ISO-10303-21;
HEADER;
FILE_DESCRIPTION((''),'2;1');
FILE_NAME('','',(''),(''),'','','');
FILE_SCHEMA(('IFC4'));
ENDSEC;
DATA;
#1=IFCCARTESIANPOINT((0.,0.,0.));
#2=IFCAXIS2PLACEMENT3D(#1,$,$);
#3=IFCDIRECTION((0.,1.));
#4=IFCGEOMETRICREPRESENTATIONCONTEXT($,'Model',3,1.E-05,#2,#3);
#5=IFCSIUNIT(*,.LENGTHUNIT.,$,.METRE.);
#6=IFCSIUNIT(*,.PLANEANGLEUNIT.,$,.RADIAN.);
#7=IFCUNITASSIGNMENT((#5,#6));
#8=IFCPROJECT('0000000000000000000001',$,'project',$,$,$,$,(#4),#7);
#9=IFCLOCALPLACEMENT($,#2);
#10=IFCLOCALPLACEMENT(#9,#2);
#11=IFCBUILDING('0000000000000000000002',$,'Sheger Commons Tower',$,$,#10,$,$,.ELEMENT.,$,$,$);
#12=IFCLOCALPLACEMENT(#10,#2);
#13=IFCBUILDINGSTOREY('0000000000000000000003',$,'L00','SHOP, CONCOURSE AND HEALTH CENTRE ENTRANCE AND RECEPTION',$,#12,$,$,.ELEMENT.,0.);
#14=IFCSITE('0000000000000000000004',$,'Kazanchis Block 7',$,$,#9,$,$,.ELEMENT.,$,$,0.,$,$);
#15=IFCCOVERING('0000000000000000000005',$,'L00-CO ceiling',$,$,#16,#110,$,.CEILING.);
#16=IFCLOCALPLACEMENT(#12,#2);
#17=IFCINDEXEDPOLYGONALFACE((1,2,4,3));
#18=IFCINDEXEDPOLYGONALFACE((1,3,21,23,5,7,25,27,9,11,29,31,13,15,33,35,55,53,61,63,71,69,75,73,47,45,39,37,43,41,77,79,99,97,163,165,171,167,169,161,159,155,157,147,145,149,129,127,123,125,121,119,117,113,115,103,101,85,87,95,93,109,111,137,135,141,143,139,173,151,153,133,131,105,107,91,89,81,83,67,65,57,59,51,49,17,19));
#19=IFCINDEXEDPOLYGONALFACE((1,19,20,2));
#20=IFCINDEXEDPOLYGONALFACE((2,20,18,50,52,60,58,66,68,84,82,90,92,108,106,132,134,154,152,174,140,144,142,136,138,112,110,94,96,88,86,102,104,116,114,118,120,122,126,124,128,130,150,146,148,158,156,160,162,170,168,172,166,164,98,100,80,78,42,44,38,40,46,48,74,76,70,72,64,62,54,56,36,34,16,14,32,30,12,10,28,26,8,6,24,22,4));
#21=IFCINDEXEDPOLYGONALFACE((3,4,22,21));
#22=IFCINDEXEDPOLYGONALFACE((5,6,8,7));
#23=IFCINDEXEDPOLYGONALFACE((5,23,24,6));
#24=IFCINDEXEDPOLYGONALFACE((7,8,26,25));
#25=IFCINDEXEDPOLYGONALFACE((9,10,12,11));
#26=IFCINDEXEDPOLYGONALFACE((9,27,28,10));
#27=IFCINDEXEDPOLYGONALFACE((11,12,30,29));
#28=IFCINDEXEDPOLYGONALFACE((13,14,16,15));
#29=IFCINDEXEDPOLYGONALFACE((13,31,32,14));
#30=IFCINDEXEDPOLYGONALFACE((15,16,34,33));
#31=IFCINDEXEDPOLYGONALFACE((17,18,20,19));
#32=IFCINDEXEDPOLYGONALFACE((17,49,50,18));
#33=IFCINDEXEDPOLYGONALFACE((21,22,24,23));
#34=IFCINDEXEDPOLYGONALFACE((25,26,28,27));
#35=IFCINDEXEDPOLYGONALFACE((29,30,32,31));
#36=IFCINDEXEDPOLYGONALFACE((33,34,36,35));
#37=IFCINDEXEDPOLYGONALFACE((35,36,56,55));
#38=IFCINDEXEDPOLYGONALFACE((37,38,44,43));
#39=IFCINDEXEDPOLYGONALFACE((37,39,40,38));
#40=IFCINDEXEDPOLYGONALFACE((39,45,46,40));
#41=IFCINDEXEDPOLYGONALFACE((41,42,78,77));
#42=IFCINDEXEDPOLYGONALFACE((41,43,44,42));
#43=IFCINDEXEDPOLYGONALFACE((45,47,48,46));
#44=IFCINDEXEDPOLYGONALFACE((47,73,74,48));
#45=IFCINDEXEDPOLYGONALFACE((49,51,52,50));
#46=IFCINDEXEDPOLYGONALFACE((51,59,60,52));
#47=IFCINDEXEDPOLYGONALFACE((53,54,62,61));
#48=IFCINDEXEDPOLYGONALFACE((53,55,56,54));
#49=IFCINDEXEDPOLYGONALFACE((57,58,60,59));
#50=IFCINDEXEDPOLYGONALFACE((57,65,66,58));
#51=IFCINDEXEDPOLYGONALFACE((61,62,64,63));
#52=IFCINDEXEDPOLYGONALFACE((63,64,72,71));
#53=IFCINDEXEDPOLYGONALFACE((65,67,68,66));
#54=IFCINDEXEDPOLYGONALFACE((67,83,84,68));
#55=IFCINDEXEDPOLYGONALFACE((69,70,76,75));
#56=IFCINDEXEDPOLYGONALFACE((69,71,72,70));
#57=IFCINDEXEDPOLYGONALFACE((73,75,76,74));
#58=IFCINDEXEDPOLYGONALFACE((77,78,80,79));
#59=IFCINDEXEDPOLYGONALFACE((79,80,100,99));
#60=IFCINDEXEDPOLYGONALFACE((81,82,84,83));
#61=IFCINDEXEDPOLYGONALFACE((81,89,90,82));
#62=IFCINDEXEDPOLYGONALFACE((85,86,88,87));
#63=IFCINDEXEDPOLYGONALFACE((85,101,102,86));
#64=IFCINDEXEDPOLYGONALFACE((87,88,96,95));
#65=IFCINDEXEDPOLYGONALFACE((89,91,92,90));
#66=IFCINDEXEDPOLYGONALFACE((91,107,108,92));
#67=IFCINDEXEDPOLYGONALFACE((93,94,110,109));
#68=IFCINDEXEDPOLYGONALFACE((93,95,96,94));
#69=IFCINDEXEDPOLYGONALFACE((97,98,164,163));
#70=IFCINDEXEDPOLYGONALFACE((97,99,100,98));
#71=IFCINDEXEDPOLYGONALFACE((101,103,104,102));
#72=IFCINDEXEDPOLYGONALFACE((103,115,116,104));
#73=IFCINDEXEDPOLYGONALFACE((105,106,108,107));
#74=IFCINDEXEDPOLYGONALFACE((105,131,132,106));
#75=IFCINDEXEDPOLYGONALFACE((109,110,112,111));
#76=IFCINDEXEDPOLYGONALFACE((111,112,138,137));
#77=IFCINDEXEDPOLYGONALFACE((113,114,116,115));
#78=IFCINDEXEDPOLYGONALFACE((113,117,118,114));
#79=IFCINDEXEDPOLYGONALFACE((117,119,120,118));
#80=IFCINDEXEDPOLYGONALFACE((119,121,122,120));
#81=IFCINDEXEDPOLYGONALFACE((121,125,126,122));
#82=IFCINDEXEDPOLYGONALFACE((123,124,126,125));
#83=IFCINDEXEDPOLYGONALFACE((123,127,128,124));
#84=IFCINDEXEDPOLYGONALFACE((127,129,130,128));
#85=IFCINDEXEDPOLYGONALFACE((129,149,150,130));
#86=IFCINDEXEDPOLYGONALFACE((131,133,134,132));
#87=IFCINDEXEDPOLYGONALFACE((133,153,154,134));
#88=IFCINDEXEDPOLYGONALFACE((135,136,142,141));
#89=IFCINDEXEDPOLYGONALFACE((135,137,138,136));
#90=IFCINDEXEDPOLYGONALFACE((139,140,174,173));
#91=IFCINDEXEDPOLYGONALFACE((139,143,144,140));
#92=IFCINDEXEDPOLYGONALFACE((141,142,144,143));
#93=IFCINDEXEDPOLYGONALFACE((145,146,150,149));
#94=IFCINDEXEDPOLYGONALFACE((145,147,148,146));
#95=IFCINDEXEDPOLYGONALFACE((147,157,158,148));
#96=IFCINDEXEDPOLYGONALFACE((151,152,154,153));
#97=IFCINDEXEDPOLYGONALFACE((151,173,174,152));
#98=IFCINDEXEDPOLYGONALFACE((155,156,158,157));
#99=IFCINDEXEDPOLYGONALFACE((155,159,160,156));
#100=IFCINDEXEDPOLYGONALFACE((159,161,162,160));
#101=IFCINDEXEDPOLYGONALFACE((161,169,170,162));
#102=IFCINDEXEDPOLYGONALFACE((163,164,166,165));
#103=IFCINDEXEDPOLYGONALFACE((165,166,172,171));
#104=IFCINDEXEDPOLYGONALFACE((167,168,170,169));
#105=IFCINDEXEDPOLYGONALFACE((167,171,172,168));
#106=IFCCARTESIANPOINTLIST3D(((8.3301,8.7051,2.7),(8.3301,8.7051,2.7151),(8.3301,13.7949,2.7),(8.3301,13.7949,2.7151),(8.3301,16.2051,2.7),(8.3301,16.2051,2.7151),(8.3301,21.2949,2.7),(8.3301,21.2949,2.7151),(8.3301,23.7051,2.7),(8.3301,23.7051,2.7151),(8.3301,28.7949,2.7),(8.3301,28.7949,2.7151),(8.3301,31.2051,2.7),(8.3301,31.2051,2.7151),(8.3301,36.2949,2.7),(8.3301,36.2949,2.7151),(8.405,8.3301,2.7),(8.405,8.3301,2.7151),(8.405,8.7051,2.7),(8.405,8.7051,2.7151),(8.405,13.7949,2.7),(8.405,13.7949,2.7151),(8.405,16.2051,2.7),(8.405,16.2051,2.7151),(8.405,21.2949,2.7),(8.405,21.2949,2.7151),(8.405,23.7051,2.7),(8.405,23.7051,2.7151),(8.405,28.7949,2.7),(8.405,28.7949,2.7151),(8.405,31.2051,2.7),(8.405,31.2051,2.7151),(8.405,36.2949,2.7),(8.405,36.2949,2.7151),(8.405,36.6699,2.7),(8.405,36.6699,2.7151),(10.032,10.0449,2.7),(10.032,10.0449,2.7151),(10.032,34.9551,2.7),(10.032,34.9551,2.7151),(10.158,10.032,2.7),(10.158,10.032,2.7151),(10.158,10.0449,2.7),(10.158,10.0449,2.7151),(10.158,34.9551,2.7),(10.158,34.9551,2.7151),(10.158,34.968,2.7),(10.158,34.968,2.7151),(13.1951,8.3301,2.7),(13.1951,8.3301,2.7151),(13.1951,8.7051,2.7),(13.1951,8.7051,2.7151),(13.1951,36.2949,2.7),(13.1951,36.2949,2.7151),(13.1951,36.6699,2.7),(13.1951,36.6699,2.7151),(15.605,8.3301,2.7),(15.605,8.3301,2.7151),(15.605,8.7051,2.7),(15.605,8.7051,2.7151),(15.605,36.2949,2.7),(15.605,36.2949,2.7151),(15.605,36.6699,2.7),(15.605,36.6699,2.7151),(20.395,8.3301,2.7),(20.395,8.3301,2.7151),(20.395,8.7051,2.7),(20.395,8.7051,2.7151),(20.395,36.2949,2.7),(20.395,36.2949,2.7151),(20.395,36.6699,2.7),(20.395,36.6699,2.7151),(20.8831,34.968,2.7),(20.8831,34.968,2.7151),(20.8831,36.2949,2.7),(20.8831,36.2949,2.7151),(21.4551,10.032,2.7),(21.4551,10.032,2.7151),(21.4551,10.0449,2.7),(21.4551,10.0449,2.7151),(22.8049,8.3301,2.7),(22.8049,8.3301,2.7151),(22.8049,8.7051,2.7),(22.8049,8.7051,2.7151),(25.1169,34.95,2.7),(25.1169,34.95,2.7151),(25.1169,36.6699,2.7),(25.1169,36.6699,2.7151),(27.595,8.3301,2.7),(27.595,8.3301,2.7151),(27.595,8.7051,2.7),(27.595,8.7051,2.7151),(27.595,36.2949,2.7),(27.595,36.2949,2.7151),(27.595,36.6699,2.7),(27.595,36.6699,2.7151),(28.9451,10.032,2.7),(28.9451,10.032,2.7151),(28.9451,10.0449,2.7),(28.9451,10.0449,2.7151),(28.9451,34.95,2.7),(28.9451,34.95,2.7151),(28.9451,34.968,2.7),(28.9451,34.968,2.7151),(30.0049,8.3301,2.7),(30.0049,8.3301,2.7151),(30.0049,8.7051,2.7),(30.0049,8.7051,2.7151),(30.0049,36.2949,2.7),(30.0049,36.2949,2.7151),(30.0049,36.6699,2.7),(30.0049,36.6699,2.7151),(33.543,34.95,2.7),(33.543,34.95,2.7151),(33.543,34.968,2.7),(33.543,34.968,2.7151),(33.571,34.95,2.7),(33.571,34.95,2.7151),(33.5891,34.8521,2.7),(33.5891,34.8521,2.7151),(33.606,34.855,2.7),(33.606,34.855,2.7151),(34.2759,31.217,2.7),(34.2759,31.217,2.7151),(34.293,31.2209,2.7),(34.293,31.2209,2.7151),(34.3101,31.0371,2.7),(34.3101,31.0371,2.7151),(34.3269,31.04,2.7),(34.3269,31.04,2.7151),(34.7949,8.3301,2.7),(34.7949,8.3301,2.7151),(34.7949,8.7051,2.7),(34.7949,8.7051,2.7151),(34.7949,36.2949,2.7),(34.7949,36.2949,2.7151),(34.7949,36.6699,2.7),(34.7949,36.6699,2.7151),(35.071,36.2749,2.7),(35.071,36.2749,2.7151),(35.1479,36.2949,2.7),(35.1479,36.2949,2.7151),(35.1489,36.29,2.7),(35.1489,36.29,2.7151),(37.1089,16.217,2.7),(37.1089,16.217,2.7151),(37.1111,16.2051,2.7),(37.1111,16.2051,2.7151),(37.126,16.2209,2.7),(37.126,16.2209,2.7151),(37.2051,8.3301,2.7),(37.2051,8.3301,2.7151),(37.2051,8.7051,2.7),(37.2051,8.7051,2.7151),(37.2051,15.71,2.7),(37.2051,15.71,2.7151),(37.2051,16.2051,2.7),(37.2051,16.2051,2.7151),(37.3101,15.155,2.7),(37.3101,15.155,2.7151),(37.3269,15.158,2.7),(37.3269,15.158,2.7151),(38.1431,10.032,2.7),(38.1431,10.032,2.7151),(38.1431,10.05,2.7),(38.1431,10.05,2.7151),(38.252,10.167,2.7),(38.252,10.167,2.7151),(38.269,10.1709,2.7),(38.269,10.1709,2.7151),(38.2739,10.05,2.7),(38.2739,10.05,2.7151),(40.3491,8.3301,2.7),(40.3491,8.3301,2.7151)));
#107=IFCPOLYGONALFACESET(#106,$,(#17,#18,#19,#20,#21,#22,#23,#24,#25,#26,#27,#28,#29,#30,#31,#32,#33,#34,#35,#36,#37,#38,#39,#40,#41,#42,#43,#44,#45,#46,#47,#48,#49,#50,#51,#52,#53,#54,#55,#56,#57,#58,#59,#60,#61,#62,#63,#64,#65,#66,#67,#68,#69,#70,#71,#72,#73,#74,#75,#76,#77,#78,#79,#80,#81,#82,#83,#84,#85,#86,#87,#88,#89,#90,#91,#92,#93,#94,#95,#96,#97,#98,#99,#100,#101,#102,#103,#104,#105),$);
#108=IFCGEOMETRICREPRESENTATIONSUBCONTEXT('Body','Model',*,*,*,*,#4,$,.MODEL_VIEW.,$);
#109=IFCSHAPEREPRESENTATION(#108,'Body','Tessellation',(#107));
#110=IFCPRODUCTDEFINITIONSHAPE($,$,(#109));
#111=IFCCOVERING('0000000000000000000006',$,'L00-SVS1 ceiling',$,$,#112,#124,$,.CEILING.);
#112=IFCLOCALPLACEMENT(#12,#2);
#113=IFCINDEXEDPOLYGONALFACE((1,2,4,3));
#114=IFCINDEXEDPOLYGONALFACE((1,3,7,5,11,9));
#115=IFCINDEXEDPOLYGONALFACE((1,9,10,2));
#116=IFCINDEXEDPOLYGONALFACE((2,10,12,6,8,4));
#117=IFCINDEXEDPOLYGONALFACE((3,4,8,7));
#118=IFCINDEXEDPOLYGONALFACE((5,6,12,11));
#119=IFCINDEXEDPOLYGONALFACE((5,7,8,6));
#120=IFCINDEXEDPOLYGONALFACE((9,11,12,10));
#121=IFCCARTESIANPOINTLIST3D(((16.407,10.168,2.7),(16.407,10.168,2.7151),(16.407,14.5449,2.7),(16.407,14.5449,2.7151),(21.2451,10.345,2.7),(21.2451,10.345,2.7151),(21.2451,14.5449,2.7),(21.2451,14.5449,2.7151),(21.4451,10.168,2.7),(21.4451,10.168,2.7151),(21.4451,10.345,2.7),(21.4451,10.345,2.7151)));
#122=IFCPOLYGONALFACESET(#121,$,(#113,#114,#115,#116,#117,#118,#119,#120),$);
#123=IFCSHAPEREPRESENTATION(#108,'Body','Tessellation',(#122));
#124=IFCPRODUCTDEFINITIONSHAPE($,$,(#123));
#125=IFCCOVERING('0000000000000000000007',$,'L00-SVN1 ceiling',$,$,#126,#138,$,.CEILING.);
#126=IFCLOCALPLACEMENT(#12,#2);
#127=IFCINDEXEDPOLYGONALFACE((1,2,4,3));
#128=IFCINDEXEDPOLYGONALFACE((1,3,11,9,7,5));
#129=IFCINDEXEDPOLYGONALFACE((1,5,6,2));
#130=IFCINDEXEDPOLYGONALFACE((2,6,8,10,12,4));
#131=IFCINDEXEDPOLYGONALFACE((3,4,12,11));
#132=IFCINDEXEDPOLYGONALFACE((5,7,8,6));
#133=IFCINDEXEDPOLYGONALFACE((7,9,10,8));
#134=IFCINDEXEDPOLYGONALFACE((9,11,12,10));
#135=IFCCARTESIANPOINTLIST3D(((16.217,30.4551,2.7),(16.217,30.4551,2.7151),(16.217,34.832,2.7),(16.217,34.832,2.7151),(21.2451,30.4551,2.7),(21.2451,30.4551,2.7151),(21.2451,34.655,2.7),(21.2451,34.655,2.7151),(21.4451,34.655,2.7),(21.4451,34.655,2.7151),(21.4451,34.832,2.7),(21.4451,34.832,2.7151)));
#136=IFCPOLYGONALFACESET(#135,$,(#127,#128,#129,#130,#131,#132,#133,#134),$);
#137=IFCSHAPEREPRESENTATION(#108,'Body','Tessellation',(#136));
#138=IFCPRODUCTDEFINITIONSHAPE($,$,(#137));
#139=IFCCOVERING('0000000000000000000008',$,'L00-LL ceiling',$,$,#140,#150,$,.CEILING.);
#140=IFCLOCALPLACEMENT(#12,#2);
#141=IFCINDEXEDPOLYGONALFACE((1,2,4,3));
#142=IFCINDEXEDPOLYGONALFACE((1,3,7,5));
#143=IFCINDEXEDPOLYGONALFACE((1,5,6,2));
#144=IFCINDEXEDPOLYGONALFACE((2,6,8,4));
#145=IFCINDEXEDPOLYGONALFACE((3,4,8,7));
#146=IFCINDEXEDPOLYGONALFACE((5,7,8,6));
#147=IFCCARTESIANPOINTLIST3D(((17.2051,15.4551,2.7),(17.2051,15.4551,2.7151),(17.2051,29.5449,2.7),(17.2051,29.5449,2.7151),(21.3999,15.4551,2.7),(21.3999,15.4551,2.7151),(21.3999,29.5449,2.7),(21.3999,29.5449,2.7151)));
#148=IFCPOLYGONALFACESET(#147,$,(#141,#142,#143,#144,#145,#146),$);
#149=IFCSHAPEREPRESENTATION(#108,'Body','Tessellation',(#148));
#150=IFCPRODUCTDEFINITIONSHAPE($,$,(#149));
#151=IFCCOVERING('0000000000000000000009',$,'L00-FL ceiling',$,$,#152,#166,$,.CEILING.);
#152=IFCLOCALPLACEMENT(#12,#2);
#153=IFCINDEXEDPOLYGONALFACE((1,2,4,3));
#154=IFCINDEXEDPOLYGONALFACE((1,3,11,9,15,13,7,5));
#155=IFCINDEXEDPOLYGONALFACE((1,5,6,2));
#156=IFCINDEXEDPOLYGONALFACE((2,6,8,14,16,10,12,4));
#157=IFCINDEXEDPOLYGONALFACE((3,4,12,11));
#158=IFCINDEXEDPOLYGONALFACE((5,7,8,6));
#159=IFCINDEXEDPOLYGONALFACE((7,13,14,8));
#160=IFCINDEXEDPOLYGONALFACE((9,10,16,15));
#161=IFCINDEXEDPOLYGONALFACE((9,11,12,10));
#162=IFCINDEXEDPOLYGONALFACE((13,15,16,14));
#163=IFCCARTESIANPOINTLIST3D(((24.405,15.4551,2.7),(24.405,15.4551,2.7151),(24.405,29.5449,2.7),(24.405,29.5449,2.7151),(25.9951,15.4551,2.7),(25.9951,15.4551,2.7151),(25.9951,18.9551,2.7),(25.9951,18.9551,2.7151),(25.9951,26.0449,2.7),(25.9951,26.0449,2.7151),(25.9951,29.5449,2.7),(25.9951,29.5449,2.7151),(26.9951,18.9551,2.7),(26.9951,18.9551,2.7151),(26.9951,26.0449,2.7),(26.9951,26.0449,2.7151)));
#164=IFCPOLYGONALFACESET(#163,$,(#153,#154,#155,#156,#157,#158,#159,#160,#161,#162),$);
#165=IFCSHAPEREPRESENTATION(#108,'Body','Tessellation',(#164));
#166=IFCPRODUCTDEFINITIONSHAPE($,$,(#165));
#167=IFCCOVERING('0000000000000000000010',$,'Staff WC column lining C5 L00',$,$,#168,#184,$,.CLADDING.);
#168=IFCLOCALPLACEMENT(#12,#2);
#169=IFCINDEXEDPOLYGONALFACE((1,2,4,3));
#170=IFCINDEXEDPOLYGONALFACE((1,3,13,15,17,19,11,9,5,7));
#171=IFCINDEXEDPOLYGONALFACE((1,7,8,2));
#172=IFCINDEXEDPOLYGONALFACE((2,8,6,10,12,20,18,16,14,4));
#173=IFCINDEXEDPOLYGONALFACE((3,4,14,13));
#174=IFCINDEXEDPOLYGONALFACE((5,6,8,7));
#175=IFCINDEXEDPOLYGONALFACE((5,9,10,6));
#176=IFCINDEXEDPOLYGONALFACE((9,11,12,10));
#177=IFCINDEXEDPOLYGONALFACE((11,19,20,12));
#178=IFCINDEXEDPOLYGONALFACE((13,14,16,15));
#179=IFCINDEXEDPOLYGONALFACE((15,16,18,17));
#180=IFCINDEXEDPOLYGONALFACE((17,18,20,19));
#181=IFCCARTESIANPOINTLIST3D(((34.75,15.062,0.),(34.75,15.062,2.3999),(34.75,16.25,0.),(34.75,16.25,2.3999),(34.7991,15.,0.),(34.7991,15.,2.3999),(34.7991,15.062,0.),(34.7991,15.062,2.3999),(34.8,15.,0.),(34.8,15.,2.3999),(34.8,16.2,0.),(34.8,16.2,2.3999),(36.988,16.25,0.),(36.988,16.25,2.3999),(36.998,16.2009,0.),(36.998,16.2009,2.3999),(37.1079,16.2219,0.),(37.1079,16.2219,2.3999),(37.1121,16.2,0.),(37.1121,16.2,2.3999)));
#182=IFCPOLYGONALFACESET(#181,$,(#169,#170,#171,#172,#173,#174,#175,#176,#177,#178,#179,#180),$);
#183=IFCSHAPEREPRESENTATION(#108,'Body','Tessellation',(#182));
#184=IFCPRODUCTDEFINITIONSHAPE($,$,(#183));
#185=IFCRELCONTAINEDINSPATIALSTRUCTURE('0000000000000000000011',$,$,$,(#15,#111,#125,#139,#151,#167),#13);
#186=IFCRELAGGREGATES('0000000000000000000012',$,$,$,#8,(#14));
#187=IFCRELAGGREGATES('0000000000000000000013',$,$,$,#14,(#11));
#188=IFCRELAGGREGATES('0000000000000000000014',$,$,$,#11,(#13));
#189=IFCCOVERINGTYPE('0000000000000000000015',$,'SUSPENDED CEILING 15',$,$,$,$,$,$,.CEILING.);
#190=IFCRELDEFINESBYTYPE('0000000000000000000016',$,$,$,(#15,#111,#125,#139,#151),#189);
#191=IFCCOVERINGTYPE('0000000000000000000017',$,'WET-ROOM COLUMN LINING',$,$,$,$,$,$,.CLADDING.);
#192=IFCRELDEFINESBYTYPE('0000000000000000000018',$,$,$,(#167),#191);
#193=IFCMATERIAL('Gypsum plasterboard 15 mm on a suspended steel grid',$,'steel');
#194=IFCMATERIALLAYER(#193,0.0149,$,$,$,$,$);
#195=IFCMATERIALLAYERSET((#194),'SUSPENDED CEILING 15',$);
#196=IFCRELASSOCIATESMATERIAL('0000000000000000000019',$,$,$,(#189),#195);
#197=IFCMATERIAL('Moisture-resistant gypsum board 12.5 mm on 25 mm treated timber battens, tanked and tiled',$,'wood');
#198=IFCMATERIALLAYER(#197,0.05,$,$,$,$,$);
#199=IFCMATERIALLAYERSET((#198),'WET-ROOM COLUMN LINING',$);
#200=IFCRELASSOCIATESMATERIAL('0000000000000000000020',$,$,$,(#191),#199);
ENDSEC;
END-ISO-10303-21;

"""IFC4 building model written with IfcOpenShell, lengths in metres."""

from ifc_helpers import new_model, si_unit, direction, frame, origin, place, context, subcontext, project, spatial, polyline, outline, extrude, material, layer, layer_set, type_object, element, save


model = new_model("IFC4")

# Units and contexts
model_context = context("Model", 3, precision=1e-05, world=origin(), true_north=direction((0.0, 1.0)))
body_context = subcontext(model_context, "Body", "Model", "MODEL_VIEW")
ifc_project = project(units=[si_unit("LENGTHUNIT", "METRE"), si_unit("PLANEANGLEUNIT", "RADIAN")], contexts=[model_context])

# Site, building, storey
site_placement = place(None, origin())
site = spatial("IfcSite", under=ifc_project, at=site_placement, Name="Kazanchis Block 7", CompositionType="ELEMENT", RefElevation=0.0)
building_placement = place(site_placement, origin())
building = spatial("IfcBuilding", under=site, at=building_placement, Name="Sheger Commons Tower", CompositionType="ELEMENT")
storey_placement = place(building_placement, origin())
storey = spatial("IfcBuildingStorey", under=building, at=storey_placement, Name="L00", Description="SHOP, CONCOURSE AND HEALTH CENTRE ENTRANCE AND RECEPTION", CompositionType="ELEMENT", Elevation=0.0)

# Coverings
ifc_material_1 = material(Name="Gypsum plasterboard 15 mm on a suspended steel grid", Category="steel")
ifc_layer_1 = layer(ifc_material_1, 0.0149)
ifc_layer_set_1 = layer_set([ifc_layer_1], Name="SUSPENDED CEILING 15")
covering_type_1 = type_object("IfcCoveringType", Name="SUSPENDED CEILING 15", PredefinedType="CEILING", material=ifc_layer_set_1)
covering_1_placement = place(storey_placement, frame((0.0, 0.0, 2.7)))
element("IfcCovering", 1, at=covering_1_placement, inside=storey, type_object=covering_type_1, Name="L00-CO ceiling", PredefinedType="CEILING", context=body_context, shape_type="SweptSolid", body=[
    extrude(outline(polyline([(8.405, 8.3301), (13.1951, 8.3301), (13.1951, 8.7051), (15.605, 8.7051), (15.605, 8.3301), (20.395, 8.3301), (20.395, 8.7051), (22.8049, 8.7051), (22.8049, 8.3301), (27.595, 8.3301), (27.595, 8.7051), (30.0049, 8.7051), (30.0049, 8.3301), (34.7949, 8.3301), (34.7949, 8.7051), (37.2051, 8.7051), (37.2051, 8.3301), (40.3491, 8.3301), (35.071, 36.2749), (35.1489, 36.29), (35.1479, 36.2949), (34.7949, 36.2949), (34.7949, 36.6699), (30.0049, 36.6699), (30.0049, 36.2949), (27.595, 36.2949), (27.595, 36.6699), (25.1169, 36.6699), (25.1169, 34.95), (28.9451, 34.95), (28.9451, 34.968), (33.543, 34.968), (33.543, 34.95), (33.571, 34.95), (33.5891, 34.8521), (33.606, 34.855), (34.293, 31.2209), (34.2759, 31.217), (34.3101, 31.0371), (34.3269, 31.04), (37.126, 16.2209), (37.1089, 16.217), (37.1111, 16.2051), (37.2051, 16.2051), (37.2051, 15.71), (37.3101, 15.155), (37.3269, 15.158), (38.269, 10.1709), (38.252, 10.167), (38.2739, 10.05), (38.1431, 10.05), (38.1431, 10.032), (28.9451, 10.032), (28.9451, 10.0449), (21.4551, 10.0449), (21.4551, 10.032), (10.158, 10.032), (10.158, 10.0449), (10.032, 10.0449), (10.032, 34.9551), (10.158, 34.9551), (10.158, 34.968), (20.8831, 34.968), (20.8831, 36.2949), (20.395, 36.2949), (20.395, 36.6699), (15.605, 36.6699), (15.605, 36.2949), (13.1951, 36.2949), (13.1951, 36.6699), (8.405, 36.6699), (8.405, 36.2949), (8.3301, 36.2949), (8.3301, 31.2051), (8.405, 31.2051), (8.405, 28.7949), (8.3301, 28.7949), (8.3301, 23.7051), (8.405, 23.7051), (8.405, 21.2949), (8.3301, 21.2949), (8.3301, 16.2051), (8.405, 16.2051), (8.405, 13.7949), (8.3301, 13.7949), (8.3301, 8.7051), (8.405, 8.7051), (8.405, 8.3301)])), origin(), (0.0, 0.0, 1.0), 0.0151),
])
covering_2_placement = place(storey_placement, frame((0.0, 0.0, 2.7)))
element("IfcCovering", 2, at=covering_2_placement, inside=storey, type_object=covering_type_1, Name="L00-SVS1 ceiling", PredefinedType="CEILING", context=body_context, shape_type="SweptSolid", body=[
    extrude(outline(polyline([(16.407, 10.168), (21.4451, 10.168), (21.4451, 10.345), (21.2451, 10.345), (21.2451, 14.5449), (16.407, 14.5449), (16.407, 10.168)])), origin(), (0.0, 0.0, 1.0), 0.0151),
])
covering_3_placement = place(storey_placement, frame((0.0, 0.0, 2.7)))
element("IfcCovering", 3, at=covering_3_placement, inside=storey, type_object=covering_type_1, Name="L00-SVN1 ceiling", PredefinedType="CEILING", context=body_context, shape_type="SweptSolid", body=[
    extrude(outline(polyline([(16.217, 30.4551), (21.2451, 30.4551), (21.2451, 34.655), (21.4451, 34.655), (21.4451, 34.832), (16.217, 34.832), (16.217, 30.4551)])), origin(), (0.0, 0.0, 1.0), 0.0151),
])
covering_4_placement = place(storey_placement, frame((0.0, 0.0, 2.7)))
element("IfcCovering", 4, at=covering_4_placement, inside=storey, type_object=covering_type_1, Name="L00-LL ceiling", PredefinedType="CEILING", context=body_context, shape_type="SweptSolid", body=[
    extrude(outline(polyline([(17.2051, 15.4551), (21.3999, 15.4551), (21.3999, 29.5449), (17.2051, 29.5449), (17.2051, 15.4551)])), origin(), (0.0, 0.0, 1.0), 0.0151),
])
covering_5_placement = place(storey_placement, frame((0.0, 0.0, 2.7)))
element("IfcCovering", 5, at=covering_5_placement, inside=storey, type_object=covering_type_1, Name="L00-FL ceiling", PredefinedType="CEILING", context=body_context, shape_type="SweptSolid", body=[
    extrude(outline(polyline([(24.405, 15.4551), (25.9951, 15.4551), (25.9951, 18.9551), (26.9951, 18.9551), (26.9951, 26.0449), (25.9951, 26.0449), (25.9951, 29.5449), (24.405, 29.5449), (24.405, 15.4551)])), origin(), (0.0, 0.0, 1.0), 0.0151),
])
ifc_material_2 = material(Name="Moisture-resistant gypsum board 12.5 mm on 25 mm treated timber battens, tanked and tiled", Category="wood")
ifc_layer_2 = layer(ifc_material_2, 0.05)
ifc_layer_set_2 = layer_set([ifc_layer_2], Name="WET-ROOM COLUMN LINING")
covering_type_2 = type_object("IfcCoveringType", Name="WET-ROOM COLUMN LINING", PredefinedType="CLADDING", material=ifc_layer_set_2)
covering_6_placement = place(storey_placement, origin())
element("IfcCovering", 6, at=covering_6_placement, inside=storey, type_object=covering_type_2, Name="Staff WC column lining C5 L00", PredefinedType="CLADDING", context=body_context, shape_type="SweptSolid", body=[
    extrude(outline(polyline([(36.988, 16.25), (36.998, 16.2009), (37.1079, 16.2219), (37.1121, 16.2), (34.8, 16.2), (34.8, 15.0), (34.7991, 15.0), (34.7991, 15.062), (34.75, 15.062), (34.75, 16.25), (36.988, 16.25)])), origin(), (0.0, 0.0, 1.0), 2.3999),
])

save(model, "model.ifc")
